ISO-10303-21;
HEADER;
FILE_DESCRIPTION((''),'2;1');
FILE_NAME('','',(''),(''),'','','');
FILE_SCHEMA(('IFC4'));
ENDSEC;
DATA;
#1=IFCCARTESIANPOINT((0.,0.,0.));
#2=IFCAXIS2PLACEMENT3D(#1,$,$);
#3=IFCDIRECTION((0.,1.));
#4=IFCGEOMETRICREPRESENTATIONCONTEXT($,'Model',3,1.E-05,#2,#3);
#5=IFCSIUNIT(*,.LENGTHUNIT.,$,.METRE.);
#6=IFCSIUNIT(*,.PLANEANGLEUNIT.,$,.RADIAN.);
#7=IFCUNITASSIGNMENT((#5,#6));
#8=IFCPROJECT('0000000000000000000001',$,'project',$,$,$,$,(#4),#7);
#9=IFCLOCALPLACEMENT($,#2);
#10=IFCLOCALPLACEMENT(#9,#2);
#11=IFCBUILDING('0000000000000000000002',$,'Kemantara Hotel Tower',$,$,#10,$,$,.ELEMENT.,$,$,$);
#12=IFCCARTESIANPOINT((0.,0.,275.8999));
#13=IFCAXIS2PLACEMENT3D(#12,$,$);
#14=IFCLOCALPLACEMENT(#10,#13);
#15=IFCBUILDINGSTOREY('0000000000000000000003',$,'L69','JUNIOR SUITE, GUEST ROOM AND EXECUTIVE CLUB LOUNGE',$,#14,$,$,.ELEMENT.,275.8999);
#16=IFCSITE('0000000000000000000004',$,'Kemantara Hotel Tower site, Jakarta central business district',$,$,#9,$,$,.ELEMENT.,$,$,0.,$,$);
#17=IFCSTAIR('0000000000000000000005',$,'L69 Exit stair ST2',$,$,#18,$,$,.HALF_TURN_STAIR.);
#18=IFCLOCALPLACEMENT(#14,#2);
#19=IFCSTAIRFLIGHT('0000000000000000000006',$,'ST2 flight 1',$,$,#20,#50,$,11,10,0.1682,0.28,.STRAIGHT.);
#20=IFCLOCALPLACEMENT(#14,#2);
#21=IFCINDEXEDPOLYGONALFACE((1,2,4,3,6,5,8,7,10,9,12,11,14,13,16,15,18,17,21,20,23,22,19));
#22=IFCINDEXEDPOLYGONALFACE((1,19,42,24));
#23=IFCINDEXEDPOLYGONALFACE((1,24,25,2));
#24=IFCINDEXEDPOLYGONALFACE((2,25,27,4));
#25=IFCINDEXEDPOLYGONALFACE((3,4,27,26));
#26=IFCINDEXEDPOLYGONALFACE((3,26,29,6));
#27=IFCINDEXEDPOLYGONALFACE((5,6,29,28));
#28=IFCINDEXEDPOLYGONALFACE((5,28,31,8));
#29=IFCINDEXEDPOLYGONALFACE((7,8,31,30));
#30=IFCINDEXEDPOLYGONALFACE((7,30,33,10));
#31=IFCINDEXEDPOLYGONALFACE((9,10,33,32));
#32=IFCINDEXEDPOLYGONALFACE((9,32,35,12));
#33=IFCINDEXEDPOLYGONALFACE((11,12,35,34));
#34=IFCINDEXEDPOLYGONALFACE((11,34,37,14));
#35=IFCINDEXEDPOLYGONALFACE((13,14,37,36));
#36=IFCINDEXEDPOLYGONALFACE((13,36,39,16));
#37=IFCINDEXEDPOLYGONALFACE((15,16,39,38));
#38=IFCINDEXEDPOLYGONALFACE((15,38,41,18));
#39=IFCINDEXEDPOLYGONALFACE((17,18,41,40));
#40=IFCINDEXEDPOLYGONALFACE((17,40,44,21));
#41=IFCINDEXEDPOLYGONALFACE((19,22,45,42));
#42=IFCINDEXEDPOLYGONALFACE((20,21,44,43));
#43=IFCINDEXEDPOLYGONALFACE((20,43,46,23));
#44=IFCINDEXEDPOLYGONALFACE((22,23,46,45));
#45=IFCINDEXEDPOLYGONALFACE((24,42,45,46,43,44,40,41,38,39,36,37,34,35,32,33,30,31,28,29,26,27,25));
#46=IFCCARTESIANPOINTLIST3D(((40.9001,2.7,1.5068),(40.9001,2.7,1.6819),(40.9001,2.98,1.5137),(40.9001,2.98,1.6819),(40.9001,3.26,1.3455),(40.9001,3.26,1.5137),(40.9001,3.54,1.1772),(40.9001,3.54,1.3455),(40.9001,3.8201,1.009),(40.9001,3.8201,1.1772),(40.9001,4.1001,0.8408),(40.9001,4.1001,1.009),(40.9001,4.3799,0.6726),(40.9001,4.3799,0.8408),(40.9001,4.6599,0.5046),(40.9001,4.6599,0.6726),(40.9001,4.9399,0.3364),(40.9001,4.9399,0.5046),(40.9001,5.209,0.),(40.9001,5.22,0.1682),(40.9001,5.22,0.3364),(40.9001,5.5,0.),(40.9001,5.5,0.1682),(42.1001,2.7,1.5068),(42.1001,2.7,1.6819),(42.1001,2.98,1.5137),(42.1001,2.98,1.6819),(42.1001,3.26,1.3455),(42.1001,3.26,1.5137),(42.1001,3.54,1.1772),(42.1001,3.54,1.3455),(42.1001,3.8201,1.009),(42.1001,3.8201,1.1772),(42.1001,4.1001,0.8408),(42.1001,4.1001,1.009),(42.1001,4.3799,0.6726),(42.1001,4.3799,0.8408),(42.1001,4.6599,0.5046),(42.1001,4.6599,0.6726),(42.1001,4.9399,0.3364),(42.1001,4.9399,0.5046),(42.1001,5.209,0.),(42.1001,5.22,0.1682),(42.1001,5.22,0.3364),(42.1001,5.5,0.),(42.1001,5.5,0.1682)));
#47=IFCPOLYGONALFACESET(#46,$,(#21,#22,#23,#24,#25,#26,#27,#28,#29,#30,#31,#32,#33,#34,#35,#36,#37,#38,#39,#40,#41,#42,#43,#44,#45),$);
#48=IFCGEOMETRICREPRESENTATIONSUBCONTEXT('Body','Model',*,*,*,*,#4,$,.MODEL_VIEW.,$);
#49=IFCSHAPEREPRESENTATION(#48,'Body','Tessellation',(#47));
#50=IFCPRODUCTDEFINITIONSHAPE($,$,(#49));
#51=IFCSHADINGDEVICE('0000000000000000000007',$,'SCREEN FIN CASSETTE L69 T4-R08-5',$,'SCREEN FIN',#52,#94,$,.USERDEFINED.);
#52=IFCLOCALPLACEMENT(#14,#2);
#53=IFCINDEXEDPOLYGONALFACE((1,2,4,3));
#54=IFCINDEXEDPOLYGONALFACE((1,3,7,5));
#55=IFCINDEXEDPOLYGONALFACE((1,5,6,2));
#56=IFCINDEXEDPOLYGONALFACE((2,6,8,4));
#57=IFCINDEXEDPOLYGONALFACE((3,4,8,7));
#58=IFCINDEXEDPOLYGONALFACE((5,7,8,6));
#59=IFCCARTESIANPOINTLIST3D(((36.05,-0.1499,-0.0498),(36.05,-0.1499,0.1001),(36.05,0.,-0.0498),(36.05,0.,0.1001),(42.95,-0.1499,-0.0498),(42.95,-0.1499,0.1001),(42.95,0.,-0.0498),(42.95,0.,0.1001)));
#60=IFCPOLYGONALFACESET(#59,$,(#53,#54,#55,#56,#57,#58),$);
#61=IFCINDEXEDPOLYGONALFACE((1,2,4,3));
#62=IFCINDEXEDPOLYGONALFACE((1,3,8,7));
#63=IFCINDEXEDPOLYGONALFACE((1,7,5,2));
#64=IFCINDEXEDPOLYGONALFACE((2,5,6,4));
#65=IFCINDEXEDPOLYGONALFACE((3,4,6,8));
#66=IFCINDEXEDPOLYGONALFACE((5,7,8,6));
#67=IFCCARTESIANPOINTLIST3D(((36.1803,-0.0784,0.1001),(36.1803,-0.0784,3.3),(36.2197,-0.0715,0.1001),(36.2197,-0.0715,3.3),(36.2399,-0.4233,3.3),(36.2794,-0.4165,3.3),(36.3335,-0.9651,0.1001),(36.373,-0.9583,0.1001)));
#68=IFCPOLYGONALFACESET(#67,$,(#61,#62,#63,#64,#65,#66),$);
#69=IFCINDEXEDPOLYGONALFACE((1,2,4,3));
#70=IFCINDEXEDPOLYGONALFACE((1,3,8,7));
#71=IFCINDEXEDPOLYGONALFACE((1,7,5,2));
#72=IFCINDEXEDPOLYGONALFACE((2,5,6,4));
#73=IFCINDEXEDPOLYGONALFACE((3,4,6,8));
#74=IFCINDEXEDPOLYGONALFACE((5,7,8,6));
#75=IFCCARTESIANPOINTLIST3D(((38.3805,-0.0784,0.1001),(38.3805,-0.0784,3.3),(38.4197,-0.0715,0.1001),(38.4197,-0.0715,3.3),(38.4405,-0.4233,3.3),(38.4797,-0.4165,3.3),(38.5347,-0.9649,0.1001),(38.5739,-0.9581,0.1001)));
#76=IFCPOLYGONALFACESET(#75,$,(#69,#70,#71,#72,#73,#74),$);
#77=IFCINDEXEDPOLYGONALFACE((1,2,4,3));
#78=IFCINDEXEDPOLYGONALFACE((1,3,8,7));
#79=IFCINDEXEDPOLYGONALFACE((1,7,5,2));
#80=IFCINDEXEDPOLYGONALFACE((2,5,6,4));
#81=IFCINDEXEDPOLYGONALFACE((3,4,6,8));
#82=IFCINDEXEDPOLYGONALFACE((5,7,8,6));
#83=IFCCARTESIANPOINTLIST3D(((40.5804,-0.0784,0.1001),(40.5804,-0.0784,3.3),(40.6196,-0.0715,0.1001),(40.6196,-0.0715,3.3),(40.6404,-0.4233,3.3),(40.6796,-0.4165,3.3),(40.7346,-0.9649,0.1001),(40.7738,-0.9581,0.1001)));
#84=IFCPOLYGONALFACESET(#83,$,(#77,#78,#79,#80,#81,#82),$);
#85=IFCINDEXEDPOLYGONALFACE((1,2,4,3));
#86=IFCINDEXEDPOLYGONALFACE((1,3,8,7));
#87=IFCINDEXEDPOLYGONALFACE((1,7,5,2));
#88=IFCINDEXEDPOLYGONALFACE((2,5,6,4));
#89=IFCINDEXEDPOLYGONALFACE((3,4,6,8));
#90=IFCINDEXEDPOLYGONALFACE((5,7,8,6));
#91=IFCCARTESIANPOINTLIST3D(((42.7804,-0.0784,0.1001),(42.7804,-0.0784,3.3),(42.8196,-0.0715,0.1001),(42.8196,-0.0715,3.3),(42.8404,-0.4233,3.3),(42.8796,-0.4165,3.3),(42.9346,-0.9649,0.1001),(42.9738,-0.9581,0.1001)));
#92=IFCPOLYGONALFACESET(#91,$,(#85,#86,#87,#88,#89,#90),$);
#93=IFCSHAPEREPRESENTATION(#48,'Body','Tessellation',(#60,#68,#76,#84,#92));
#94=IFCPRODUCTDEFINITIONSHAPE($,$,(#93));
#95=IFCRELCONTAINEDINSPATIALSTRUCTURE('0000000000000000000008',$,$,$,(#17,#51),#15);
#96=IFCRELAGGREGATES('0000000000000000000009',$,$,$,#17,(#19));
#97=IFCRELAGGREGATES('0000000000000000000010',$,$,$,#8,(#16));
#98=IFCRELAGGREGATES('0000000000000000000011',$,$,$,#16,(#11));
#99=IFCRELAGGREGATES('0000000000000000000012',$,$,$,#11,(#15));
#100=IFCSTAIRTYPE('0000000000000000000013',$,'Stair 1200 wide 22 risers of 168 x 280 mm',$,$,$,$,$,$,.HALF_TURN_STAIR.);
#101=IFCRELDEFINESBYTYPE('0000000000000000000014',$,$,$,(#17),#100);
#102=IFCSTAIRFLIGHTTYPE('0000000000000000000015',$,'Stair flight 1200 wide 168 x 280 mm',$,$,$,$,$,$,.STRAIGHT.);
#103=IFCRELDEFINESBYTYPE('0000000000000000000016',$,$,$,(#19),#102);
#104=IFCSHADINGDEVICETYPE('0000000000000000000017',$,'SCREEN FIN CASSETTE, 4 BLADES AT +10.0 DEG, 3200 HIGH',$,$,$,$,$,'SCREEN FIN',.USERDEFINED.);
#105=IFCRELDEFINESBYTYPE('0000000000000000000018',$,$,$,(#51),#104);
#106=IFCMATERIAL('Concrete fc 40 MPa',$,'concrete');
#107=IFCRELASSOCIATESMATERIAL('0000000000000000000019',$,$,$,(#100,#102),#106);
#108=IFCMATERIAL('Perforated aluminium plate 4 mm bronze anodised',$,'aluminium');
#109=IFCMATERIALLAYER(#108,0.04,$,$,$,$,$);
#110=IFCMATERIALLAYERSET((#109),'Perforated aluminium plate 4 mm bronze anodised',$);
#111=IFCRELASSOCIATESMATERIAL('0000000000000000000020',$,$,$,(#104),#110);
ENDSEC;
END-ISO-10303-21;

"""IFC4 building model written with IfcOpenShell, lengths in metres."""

from ifc_helpers import new_model, si_unit, direction, frame, origin, origin_2d, place, context, subcontext, project, spatial, polyline, rectangle, outline, extrude, source, transform, mapped, material, layer, layer_set, type_object, element, aggregate, save


model = new_model("IFC4")

# Units and contexts
model_context = context("Model", 3, precision=1e-05, world=origin(), true_north=direction((0.0, 1.0)))
body_context = subcontext(model_context, "Body", "Model", "MODEL_VIEW")
ifc_project = project(units=[si_unit("LENGTHUNIT", "METRE"), si_unit("PLANEANGLEUNIT", "RADIAN")], contexts=[model_context])

# Site, building, storey
site_placement = place(None, origin())
site = spatial("IfcSite", under=ifc_project, at=site_placement, Name="Kemantara Hotel Tower site, Jakarta central business district", CompositionType="ELEMENT", RefElevation=0.0)
building_placement = place(site_placement, origin())
building = spatial("IfcBuilding", under=site, at=building_placement, Name="Kemantara Hotel Tower", CompositionType="ELEMENT")
storey_placement = place(building_placement, frame((0.0, 0.0, 275.8999)))
storey = spatial("IfcBuildingStorey", under=building, at=storey_placement, Name="L69", Description="JUNIOR SUITE, GUEST ROOM AND EXECUTIVE CLUB LOUNGE", CompositionType="ELEMENT", Elevation=275.8999)

# Stair, stair flight
ifc_material_1 = material(Name="Concrete fc 40 MPa", Category="concrete")
stair_type = type_object("IfcStairType", Name="Stair 1200 wide 22 risers of 168 x 280 mm", PredefinedType="HALF_TURN_STAIR", material=ifc_material_1)
stair_placement = place(storey_placement, origin())
stair = element("IfcStair", 1, at=stair_placement, inside=storey, type_object=stair_type, Name="L69 Exit stair ST2", PredefinedType="HALF_TURN_STAIR")
stair_flight_type = type_object("IfcStairFlightType", Name="Stair flight 1200 wide 168 x 280 mm", PredefinedType="STRAIGHT", material=ifc_material_1)
stair_flight_placement = place(storey_placement, frame((41.5, 5.5, 0.0), z_axis=(0.0, 0.0, 1.0), x_axis=(0.0, -1.0, 0.0)))
stair_flight = element("IfcStairFlight", 2, at=stair_flight_placement, type_object=stair_flight_type, Name="ST2 flight 1", NumberOfRisers=11, NumberOfTreads=10, PredefinedType="STRAIGHT", RiserHeight=0.1682, TreadLength=0.28, context=body_context, shape_type="SweptSolid", body=[
    extrude(outline(polyline([(0.0, 0.0), (0.0, 0.1682), (0.28, 0.1682), (0.28, 0.3364), (0.5601, 0.3364), (0.5601, 0.5046), (0.8401, 0.5046), (0.8401, 0.6726), (1.1201, 0.6726), (1.1201, 0.8408), (1.3999, 0.8408), (1.3999, 1.009), (1.6799, 1.009), (1.6799, 1.1772), (1.96, 1.1772), (1.96, 1.3455), (2.24, 1.3455), (2.24, 1.5137), (2.52, 1.5137), (2.52, 1.6819), (2.8, 1.6819), (2.8, 1.8501), (2.8, 1.5068), (0.291, 0.0), (0.0, 0.0)])), frame((0.0, 0.6001, 0.0), z_axis=(0.0, -1.0, 0.0), x_axis=(1.0, 0.0, 0.0)), (0.0, 0.0, 1.0), 1.2),
])
aggregate(stair, [stair_flight])

# Shading device
ifc_material_2 = material(Name="Perforated aluminium plate 4 mm bronze anodised", Category="aluminium")
ifc_layer_1 = layer(ifc_material_2, 0.04)
ifc_layer_set_1 = layer_set([ifc_layer_1], Name="Perforated aluminium plate 4 mm bronze anodised")
shading_device_type = type_object("IfcShadingDeviceType", Name="SCREEN FIN CASSETTE, 4 BLADES AT +10.0 DEG, 3200 HIGH", ElementType="SCREEN FIN", PredefinedType="USERDEFINED", material=ifc_layer_set_1)
shared_shape = source(origin(), body_context, "Body", "SweptSolid", [
    extrude(rectangle(XDim=6.8999, YDim=0.1499, at=origin_2d()), frame((3.3, -0.075, -0.1499), z_axis=(0.0, 0.0, 1.0), x_axis=(1.0, 0.0, 0.0)), (0.0, 0.0, 1.0), 0.1499),
    extrude(outline(polyline([(0.0, 0.0), (0.8999, 0.0), (0.3501, 3.2), (0.0, 3.2), (0.0, 0.0)])), frame((0.0198, -0.0715, 0.0), z_axis=(-0.98539, -0.170314, 0.0), x_axis=(0.170314, -0.98539, 0.0)), (0.0, 0.0, 1.0), 0.04),
    extrude(outline(polyline([(0.0, 0.0), (0.8999, 0.0), (0.3501, 3.2), (0.0, 3.2), (0.0, 0.0)])), frame((2.2197, -0.0715, 0.0), z_axis=(-0.985212, -0.171341, 0.0), x_axis=(0.171341, -0.985212, 0.0)), (0.0, 0.0, 1.0), 0.0398),
    extrude(outline(polyline([(0.0, 0.0), (0.8999, 0.0), (0.3501, 3.2), (0.0, 3.2), (0.0, 0.0)])), frame((4.4197, -0.0715, 0.0), z_axis=(-0.985212, -0.171341, 0.0), x_axis=(0.171341, -0.985212, 0.0)), (0.0, 0.0, 1.0), 0.0398),
    extrude(outline(polyline([(0.0, 0.0), (0.8999, 0.0), (0.3501, 3.2), (0.0, 3.2), (0.0, 0.0)])), frame((6.6196, -0.0715, 0.0), z_axis=(-0.985212, -0.171341, 0.0), x_axis=(0.171341, -0.985212, 0.0)), (0.0, 0.0, 1.0), 0.0398),
])
shading_device_placement = place(storey_placement, frame((36.2, 0.0, 0.1001), z_axis=(0.0, 0.0, 1.0), x_axis=(1.0, 0.0, 0.0)))
element("IfcShadingDevice", 3, at=shading_device_placement, inside=storey, type_object=shading_device_type, Name="SCREEN FIN CASSETTE L69 T4-R08-5", ObjectType="SCREEN FIN", PredefinedType="USERDEFINED", context=body_context, shape_type="MappedRepresentation", body=[
    mapped(shared_shape, transform((0.0, 0.0, 0.0))),
])

save(model, "model.ifc")
